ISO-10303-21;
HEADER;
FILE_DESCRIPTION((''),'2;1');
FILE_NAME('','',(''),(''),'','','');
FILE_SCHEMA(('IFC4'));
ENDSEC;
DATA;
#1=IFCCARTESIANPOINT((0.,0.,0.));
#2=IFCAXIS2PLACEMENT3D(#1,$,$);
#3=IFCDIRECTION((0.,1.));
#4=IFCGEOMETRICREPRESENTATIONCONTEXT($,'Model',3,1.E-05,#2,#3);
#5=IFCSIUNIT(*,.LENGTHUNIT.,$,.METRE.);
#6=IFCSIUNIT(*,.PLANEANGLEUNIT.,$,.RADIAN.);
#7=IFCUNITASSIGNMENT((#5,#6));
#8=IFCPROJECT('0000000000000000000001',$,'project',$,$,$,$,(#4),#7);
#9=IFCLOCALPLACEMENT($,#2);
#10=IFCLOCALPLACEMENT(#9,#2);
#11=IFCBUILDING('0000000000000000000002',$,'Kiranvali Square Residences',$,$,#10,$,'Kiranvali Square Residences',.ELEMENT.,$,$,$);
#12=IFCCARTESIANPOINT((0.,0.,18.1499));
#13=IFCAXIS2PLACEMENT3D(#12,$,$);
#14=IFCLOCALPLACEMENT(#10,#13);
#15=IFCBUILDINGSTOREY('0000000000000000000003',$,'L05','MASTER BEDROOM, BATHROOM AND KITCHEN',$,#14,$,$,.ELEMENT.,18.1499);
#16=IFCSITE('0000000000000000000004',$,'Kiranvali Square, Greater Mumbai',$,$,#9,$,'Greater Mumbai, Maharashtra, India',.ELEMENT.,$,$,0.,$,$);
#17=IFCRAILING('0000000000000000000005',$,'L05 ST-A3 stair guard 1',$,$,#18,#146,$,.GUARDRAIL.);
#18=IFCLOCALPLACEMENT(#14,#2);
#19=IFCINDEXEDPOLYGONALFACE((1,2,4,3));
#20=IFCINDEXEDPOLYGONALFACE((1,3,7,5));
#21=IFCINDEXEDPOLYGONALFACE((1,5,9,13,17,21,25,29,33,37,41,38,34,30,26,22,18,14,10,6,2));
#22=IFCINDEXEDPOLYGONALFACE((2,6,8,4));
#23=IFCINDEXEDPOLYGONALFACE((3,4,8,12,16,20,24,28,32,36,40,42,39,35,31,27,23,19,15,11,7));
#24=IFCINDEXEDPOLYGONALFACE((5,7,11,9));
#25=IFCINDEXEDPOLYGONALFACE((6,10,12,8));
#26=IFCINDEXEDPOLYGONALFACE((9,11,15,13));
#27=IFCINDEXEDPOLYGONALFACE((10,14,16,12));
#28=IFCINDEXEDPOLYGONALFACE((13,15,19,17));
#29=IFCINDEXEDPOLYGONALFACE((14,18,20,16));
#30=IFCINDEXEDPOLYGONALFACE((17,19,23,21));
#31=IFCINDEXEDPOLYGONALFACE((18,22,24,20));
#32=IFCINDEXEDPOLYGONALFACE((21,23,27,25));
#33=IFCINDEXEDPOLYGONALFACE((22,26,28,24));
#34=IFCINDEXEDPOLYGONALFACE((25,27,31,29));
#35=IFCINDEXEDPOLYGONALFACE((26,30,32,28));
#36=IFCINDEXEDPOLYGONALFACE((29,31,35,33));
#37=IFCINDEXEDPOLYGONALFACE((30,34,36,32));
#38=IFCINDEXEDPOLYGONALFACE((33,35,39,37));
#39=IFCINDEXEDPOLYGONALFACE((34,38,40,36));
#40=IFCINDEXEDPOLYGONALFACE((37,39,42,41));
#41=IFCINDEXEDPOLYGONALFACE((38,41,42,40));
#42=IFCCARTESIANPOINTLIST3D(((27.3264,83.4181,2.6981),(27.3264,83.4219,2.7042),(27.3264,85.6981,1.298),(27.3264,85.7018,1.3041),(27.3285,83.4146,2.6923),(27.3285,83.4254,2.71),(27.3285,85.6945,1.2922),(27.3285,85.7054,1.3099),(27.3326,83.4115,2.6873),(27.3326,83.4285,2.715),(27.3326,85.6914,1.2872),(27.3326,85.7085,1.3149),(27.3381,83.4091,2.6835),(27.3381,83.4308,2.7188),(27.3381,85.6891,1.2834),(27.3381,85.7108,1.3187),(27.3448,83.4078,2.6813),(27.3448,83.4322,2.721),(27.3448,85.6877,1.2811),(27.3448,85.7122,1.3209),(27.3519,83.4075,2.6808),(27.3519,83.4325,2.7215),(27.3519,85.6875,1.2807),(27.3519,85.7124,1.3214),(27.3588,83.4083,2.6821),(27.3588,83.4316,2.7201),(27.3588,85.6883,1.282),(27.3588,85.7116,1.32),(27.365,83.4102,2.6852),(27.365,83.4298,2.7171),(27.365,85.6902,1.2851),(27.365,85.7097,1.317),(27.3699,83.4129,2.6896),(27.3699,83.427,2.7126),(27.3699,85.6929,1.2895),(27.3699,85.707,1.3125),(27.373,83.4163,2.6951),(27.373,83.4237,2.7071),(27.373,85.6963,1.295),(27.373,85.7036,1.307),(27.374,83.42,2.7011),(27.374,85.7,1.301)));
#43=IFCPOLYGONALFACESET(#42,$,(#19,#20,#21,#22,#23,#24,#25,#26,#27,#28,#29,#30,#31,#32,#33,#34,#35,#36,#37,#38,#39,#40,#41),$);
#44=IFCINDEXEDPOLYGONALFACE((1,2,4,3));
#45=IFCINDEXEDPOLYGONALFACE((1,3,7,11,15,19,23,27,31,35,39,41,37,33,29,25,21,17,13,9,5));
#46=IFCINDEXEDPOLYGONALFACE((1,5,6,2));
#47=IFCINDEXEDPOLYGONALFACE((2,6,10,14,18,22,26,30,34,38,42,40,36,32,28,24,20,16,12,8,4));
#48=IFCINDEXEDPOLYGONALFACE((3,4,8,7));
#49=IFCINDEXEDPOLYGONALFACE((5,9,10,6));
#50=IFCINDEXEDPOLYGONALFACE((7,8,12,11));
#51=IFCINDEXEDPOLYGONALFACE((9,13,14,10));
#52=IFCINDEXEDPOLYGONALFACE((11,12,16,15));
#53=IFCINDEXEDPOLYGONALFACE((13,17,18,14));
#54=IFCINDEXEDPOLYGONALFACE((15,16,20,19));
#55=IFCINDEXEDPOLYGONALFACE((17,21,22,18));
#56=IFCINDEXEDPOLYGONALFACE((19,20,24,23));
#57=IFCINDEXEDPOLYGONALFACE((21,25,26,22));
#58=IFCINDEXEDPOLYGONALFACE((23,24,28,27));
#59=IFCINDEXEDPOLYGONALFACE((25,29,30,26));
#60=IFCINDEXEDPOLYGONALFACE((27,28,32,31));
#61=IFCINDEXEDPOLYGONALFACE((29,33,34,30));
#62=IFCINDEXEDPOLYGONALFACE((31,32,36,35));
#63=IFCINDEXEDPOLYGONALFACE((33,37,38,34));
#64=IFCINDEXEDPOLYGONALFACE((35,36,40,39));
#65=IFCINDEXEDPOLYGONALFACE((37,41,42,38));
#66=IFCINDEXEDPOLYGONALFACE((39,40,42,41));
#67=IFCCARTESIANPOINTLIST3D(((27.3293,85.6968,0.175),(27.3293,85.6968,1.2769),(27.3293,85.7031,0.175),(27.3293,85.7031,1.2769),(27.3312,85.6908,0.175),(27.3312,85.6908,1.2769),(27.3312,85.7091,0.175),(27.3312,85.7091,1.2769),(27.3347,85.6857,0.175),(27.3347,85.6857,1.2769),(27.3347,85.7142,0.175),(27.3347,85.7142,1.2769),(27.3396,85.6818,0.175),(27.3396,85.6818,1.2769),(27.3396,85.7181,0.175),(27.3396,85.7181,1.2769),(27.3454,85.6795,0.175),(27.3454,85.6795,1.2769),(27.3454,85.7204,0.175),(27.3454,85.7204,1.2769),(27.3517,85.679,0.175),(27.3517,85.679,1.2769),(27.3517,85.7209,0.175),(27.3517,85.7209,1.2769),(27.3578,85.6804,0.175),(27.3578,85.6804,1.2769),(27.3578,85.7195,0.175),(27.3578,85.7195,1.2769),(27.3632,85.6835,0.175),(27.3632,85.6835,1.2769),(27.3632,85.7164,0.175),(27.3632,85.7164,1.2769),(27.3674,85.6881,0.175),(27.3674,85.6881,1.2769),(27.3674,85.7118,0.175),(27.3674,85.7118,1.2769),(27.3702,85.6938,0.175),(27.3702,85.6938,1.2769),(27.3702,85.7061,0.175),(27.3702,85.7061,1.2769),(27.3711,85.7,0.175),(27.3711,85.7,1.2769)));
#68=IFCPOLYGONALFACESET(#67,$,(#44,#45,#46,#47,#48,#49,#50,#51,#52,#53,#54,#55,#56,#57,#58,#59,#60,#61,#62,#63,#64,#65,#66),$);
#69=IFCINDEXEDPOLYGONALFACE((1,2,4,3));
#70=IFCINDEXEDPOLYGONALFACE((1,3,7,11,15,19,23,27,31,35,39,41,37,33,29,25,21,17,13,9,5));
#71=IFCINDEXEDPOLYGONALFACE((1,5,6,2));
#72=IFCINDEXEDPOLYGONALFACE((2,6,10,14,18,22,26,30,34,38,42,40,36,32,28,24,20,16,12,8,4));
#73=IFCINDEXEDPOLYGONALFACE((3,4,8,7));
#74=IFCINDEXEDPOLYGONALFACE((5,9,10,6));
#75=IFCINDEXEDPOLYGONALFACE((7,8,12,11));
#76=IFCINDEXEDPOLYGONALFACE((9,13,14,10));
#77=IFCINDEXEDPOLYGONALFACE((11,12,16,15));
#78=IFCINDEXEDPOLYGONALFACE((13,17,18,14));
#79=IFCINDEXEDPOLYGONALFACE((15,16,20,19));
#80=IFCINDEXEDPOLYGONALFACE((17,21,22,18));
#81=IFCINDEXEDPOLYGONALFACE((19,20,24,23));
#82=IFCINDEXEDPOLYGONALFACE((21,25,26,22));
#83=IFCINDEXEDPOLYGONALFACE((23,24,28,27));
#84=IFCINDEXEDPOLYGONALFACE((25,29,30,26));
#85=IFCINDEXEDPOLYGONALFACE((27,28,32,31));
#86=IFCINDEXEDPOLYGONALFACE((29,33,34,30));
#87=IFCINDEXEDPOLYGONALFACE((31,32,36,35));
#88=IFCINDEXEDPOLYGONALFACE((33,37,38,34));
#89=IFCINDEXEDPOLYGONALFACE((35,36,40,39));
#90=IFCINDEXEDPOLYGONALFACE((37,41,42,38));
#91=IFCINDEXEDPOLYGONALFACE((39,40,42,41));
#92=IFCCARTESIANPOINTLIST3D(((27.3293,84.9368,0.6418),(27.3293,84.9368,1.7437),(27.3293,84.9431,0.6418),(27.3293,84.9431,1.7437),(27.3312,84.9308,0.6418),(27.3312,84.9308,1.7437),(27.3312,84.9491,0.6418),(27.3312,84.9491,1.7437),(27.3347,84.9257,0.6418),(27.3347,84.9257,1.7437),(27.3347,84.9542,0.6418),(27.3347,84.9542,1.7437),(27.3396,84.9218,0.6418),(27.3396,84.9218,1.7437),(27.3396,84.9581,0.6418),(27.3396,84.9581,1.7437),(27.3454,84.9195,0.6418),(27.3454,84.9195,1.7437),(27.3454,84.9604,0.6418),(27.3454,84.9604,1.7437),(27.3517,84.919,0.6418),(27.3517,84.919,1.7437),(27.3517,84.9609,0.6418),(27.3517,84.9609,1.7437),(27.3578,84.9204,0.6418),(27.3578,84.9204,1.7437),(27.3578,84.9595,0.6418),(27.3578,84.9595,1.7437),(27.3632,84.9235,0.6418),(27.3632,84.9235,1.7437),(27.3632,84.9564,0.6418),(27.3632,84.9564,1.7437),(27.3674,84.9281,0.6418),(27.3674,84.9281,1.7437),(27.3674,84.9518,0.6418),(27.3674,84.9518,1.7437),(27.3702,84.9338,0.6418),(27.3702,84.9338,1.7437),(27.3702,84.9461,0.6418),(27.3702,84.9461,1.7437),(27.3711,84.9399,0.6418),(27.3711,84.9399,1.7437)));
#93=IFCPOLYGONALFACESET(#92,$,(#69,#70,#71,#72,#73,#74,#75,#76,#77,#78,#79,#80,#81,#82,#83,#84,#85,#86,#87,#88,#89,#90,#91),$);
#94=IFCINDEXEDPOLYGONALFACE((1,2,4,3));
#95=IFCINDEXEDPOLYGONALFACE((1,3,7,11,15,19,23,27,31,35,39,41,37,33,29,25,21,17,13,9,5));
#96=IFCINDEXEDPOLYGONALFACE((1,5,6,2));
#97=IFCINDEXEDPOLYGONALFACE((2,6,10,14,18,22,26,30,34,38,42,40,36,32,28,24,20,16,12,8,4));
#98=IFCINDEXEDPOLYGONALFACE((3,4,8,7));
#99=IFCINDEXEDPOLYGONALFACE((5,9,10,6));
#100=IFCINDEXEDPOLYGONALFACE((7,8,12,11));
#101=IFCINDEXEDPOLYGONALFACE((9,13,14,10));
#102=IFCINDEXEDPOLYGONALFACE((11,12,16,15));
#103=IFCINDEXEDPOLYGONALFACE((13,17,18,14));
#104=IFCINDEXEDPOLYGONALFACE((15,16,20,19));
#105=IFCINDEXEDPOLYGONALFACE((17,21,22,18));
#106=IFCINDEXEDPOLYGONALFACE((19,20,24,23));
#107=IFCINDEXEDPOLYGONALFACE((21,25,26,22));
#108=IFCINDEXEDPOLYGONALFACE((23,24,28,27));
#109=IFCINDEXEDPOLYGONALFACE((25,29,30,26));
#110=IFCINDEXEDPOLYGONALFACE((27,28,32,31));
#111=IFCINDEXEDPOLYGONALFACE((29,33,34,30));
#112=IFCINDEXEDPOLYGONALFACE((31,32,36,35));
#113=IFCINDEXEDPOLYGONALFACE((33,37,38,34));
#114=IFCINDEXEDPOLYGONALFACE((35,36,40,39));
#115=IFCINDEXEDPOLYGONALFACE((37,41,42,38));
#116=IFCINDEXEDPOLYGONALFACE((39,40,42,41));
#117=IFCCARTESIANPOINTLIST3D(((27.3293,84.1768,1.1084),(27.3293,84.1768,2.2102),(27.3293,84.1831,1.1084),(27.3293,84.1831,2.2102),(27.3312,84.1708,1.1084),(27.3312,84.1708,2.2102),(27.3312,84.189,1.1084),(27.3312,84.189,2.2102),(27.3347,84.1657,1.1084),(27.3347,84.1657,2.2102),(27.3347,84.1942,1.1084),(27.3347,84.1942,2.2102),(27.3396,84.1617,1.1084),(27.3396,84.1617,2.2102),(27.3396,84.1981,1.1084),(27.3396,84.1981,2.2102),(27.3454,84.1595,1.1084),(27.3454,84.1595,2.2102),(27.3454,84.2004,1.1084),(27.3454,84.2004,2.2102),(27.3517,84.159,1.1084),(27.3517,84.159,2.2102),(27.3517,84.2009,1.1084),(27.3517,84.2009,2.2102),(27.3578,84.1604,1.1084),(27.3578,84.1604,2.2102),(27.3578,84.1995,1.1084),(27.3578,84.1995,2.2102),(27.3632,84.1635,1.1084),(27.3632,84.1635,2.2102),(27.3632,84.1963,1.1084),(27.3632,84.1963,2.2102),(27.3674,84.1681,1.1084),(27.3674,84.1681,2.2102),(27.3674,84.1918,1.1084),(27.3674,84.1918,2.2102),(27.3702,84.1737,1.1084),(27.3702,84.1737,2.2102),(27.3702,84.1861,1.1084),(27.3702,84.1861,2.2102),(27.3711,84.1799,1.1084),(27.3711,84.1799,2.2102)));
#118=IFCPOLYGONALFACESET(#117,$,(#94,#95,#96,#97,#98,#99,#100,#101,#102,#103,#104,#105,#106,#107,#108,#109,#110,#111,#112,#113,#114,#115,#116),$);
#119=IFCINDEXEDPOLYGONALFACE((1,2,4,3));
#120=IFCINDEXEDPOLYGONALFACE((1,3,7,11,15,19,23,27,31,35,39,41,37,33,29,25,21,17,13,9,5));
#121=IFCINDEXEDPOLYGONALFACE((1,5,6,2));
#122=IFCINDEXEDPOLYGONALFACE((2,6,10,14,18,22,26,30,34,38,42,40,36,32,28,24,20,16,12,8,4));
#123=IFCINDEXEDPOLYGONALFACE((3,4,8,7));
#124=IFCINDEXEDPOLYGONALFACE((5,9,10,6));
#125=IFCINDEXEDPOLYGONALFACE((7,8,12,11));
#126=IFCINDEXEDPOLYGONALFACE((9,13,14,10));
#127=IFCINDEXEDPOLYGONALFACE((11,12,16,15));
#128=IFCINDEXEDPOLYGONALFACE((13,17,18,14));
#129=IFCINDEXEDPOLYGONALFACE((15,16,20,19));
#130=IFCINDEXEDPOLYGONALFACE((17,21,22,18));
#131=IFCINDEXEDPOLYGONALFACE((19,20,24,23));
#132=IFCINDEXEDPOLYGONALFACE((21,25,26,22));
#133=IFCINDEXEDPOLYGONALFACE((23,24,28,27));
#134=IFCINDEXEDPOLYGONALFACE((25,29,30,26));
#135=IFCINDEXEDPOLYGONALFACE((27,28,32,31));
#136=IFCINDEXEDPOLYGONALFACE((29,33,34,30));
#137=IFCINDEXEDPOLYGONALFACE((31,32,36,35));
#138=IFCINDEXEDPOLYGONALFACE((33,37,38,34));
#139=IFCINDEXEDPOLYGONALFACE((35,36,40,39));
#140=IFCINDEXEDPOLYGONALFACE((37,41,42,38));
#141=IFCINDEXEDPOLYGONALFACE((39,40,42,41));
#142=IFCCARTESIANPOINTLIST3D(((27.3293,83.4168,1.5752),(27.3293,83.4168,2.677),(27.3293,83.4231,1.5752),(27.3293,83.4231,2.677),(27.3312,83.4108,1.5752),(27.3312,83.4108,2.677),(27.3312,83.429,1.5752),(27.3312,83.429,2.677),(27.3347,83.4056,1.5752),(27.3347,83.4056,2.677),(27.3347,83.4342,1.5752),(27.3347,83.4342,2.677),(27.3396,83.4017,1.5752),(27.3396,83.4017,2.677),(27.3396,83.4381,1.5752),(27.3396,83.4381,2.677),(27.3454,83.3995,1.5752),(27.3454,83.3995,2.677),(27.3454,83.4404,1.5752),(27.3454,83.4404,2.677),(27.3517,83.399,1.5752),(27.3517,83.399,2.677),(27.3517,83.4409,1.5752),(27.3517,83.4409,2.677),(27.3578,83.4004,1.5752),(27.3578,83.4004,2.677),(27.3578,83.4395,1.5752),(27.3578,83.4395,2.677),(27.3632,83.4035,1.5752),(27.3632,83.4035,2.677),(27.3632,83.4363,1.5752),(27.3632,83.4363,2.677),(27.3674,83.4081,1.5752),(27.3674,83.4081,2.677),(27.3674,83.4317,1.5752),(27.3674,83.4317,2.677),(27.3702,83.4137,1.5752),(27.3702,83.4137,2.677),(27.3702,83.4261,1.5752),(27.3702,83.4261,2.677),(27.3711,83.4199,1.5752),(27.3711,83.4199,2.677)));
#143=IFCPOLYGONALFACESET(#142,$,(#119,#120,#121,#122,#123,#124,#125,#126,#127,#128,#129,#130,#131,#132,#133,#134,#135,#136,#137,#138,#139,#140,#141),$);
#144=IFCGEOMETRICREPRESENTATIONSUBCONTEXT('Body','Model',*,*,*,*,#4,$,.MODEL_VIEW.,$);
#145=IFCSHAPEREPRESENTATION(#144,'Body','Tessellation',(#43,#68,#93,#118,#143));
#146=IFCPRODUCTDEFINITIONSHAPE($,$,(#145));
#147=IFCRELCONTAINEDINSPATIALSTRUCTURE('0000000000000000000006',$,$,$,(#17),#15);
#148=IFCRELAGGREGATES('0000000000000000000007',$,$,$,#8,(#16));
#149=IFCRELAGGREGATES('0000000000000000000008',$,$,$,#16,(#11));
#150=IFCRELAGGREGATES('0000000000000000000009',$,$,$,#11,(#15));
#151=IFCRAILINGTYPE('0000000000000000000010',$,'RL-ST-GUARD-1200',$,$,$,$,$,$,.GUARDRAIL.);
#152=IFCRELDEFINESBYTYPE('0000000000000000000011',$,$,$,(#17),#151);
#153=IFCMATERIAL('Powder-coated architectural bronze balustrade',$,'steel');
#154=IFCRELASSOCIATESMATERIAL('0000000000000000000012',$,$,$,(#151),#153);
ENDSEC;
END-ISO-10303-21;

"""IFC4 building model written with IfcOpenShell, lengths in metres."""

from ifc_helpers import new_model, si_unit, direction, frame, origin, origin_2d, place, context, subcontext, project, spatial, circle, extrude, material, type_object, element, save


model = new_model("IFC4")

# Units and contexts
model_context = context("Model", 3, precision=1e-05, world=origin(), true_north=direction((0.0, 1.0)))
body_context = subcontext(model_context, "Body", "Model", "MODEL_VIEW")
ifc_project = project(units=[si_unit("LENGTHUNIT", "METRE"), si_unit("PLANEANGLEUNIT", "RADIAN")], contexts=[model_context])

# Site, building, storey
site_placement = place(None, origin())
site = spatial("IfcSite", under=ifc_project, at=site_placement, Name="Kiranvali Square, Greater Mumbai", LongName="Greater Mumbai, Maharashtra, India", CompositionType="ELEMENT", RefElevation=0.0)
building_placement = place(site_placement, origin())
building = spatial("IfcBuilding", under=site, at=building_placement, Name="Kiranvali Square Residences", LongName="Kiranvali Square Residences", CompositionType="ELEMENT")
storey_placement = place(building_placement, frame((0.0, 0.0, 18.1499)))
storey = spatial("IfcBuildingStorey", under=building, at=storey_placement, Name="L05", Description="MASTER BEDROOM, BATHROOM AND KITCHEN", CompositionType="ELEMENT", Elevation=18.1499)

# Railing
ifc_material_1 = material(Name="Powder-coated architectural bronze balustrade", Category="steel")
railing_type_1 = type_object("IfcRailingType", Name="RL-ST-GUARD-1200", PredefinedType="GUARDRAIL", material=ifc_material_1)
railing_1_placement = place(storey_placement, frame((27.3501, 85.7, 0.175)))
element("IfcRailing", 1, at=railing_1_placement, inside=storey, type_object=railing_type_1, Name="L05 ST-A3 stair guard 1", PredefinedType="GUARDRAIL", context=body_context, shape_type="SweptSolid", body=[
    extrude(circle(Radius=0.0239, at=origin_2d()), frame((0.0, 0.0, 1.126), z_axis=(0.0, -0.85215, 0.523298), x_axis=(1.0, 0.0, 0.0)), (0.0, 0.0, 1.0), 2.6755),
    extrude(circle(Radius=0.021, at=origin_2d()), origin(), (0.0, 0.0, 1.0), 1.1018),
    extrude(circle(Radius=0.021, at=origin_2d()), frame((0.0, -0.76, 0.4668)), (0.0, 0.0, 1.0), 1.1018),
    extrude(circle(Radius=0.021, at=origin_2d()), frame((0.0, -1.52, 0.9333)), (0.0, 0.0, 1.0), 1.1018),
    extrude(circle(Radius=0.021, at=origin_2d()), frame((0.0, -2.28, 1.4001)), (0.0, 0.0, 1.0), 1.1018),
])

save(model, "model.ifc")
